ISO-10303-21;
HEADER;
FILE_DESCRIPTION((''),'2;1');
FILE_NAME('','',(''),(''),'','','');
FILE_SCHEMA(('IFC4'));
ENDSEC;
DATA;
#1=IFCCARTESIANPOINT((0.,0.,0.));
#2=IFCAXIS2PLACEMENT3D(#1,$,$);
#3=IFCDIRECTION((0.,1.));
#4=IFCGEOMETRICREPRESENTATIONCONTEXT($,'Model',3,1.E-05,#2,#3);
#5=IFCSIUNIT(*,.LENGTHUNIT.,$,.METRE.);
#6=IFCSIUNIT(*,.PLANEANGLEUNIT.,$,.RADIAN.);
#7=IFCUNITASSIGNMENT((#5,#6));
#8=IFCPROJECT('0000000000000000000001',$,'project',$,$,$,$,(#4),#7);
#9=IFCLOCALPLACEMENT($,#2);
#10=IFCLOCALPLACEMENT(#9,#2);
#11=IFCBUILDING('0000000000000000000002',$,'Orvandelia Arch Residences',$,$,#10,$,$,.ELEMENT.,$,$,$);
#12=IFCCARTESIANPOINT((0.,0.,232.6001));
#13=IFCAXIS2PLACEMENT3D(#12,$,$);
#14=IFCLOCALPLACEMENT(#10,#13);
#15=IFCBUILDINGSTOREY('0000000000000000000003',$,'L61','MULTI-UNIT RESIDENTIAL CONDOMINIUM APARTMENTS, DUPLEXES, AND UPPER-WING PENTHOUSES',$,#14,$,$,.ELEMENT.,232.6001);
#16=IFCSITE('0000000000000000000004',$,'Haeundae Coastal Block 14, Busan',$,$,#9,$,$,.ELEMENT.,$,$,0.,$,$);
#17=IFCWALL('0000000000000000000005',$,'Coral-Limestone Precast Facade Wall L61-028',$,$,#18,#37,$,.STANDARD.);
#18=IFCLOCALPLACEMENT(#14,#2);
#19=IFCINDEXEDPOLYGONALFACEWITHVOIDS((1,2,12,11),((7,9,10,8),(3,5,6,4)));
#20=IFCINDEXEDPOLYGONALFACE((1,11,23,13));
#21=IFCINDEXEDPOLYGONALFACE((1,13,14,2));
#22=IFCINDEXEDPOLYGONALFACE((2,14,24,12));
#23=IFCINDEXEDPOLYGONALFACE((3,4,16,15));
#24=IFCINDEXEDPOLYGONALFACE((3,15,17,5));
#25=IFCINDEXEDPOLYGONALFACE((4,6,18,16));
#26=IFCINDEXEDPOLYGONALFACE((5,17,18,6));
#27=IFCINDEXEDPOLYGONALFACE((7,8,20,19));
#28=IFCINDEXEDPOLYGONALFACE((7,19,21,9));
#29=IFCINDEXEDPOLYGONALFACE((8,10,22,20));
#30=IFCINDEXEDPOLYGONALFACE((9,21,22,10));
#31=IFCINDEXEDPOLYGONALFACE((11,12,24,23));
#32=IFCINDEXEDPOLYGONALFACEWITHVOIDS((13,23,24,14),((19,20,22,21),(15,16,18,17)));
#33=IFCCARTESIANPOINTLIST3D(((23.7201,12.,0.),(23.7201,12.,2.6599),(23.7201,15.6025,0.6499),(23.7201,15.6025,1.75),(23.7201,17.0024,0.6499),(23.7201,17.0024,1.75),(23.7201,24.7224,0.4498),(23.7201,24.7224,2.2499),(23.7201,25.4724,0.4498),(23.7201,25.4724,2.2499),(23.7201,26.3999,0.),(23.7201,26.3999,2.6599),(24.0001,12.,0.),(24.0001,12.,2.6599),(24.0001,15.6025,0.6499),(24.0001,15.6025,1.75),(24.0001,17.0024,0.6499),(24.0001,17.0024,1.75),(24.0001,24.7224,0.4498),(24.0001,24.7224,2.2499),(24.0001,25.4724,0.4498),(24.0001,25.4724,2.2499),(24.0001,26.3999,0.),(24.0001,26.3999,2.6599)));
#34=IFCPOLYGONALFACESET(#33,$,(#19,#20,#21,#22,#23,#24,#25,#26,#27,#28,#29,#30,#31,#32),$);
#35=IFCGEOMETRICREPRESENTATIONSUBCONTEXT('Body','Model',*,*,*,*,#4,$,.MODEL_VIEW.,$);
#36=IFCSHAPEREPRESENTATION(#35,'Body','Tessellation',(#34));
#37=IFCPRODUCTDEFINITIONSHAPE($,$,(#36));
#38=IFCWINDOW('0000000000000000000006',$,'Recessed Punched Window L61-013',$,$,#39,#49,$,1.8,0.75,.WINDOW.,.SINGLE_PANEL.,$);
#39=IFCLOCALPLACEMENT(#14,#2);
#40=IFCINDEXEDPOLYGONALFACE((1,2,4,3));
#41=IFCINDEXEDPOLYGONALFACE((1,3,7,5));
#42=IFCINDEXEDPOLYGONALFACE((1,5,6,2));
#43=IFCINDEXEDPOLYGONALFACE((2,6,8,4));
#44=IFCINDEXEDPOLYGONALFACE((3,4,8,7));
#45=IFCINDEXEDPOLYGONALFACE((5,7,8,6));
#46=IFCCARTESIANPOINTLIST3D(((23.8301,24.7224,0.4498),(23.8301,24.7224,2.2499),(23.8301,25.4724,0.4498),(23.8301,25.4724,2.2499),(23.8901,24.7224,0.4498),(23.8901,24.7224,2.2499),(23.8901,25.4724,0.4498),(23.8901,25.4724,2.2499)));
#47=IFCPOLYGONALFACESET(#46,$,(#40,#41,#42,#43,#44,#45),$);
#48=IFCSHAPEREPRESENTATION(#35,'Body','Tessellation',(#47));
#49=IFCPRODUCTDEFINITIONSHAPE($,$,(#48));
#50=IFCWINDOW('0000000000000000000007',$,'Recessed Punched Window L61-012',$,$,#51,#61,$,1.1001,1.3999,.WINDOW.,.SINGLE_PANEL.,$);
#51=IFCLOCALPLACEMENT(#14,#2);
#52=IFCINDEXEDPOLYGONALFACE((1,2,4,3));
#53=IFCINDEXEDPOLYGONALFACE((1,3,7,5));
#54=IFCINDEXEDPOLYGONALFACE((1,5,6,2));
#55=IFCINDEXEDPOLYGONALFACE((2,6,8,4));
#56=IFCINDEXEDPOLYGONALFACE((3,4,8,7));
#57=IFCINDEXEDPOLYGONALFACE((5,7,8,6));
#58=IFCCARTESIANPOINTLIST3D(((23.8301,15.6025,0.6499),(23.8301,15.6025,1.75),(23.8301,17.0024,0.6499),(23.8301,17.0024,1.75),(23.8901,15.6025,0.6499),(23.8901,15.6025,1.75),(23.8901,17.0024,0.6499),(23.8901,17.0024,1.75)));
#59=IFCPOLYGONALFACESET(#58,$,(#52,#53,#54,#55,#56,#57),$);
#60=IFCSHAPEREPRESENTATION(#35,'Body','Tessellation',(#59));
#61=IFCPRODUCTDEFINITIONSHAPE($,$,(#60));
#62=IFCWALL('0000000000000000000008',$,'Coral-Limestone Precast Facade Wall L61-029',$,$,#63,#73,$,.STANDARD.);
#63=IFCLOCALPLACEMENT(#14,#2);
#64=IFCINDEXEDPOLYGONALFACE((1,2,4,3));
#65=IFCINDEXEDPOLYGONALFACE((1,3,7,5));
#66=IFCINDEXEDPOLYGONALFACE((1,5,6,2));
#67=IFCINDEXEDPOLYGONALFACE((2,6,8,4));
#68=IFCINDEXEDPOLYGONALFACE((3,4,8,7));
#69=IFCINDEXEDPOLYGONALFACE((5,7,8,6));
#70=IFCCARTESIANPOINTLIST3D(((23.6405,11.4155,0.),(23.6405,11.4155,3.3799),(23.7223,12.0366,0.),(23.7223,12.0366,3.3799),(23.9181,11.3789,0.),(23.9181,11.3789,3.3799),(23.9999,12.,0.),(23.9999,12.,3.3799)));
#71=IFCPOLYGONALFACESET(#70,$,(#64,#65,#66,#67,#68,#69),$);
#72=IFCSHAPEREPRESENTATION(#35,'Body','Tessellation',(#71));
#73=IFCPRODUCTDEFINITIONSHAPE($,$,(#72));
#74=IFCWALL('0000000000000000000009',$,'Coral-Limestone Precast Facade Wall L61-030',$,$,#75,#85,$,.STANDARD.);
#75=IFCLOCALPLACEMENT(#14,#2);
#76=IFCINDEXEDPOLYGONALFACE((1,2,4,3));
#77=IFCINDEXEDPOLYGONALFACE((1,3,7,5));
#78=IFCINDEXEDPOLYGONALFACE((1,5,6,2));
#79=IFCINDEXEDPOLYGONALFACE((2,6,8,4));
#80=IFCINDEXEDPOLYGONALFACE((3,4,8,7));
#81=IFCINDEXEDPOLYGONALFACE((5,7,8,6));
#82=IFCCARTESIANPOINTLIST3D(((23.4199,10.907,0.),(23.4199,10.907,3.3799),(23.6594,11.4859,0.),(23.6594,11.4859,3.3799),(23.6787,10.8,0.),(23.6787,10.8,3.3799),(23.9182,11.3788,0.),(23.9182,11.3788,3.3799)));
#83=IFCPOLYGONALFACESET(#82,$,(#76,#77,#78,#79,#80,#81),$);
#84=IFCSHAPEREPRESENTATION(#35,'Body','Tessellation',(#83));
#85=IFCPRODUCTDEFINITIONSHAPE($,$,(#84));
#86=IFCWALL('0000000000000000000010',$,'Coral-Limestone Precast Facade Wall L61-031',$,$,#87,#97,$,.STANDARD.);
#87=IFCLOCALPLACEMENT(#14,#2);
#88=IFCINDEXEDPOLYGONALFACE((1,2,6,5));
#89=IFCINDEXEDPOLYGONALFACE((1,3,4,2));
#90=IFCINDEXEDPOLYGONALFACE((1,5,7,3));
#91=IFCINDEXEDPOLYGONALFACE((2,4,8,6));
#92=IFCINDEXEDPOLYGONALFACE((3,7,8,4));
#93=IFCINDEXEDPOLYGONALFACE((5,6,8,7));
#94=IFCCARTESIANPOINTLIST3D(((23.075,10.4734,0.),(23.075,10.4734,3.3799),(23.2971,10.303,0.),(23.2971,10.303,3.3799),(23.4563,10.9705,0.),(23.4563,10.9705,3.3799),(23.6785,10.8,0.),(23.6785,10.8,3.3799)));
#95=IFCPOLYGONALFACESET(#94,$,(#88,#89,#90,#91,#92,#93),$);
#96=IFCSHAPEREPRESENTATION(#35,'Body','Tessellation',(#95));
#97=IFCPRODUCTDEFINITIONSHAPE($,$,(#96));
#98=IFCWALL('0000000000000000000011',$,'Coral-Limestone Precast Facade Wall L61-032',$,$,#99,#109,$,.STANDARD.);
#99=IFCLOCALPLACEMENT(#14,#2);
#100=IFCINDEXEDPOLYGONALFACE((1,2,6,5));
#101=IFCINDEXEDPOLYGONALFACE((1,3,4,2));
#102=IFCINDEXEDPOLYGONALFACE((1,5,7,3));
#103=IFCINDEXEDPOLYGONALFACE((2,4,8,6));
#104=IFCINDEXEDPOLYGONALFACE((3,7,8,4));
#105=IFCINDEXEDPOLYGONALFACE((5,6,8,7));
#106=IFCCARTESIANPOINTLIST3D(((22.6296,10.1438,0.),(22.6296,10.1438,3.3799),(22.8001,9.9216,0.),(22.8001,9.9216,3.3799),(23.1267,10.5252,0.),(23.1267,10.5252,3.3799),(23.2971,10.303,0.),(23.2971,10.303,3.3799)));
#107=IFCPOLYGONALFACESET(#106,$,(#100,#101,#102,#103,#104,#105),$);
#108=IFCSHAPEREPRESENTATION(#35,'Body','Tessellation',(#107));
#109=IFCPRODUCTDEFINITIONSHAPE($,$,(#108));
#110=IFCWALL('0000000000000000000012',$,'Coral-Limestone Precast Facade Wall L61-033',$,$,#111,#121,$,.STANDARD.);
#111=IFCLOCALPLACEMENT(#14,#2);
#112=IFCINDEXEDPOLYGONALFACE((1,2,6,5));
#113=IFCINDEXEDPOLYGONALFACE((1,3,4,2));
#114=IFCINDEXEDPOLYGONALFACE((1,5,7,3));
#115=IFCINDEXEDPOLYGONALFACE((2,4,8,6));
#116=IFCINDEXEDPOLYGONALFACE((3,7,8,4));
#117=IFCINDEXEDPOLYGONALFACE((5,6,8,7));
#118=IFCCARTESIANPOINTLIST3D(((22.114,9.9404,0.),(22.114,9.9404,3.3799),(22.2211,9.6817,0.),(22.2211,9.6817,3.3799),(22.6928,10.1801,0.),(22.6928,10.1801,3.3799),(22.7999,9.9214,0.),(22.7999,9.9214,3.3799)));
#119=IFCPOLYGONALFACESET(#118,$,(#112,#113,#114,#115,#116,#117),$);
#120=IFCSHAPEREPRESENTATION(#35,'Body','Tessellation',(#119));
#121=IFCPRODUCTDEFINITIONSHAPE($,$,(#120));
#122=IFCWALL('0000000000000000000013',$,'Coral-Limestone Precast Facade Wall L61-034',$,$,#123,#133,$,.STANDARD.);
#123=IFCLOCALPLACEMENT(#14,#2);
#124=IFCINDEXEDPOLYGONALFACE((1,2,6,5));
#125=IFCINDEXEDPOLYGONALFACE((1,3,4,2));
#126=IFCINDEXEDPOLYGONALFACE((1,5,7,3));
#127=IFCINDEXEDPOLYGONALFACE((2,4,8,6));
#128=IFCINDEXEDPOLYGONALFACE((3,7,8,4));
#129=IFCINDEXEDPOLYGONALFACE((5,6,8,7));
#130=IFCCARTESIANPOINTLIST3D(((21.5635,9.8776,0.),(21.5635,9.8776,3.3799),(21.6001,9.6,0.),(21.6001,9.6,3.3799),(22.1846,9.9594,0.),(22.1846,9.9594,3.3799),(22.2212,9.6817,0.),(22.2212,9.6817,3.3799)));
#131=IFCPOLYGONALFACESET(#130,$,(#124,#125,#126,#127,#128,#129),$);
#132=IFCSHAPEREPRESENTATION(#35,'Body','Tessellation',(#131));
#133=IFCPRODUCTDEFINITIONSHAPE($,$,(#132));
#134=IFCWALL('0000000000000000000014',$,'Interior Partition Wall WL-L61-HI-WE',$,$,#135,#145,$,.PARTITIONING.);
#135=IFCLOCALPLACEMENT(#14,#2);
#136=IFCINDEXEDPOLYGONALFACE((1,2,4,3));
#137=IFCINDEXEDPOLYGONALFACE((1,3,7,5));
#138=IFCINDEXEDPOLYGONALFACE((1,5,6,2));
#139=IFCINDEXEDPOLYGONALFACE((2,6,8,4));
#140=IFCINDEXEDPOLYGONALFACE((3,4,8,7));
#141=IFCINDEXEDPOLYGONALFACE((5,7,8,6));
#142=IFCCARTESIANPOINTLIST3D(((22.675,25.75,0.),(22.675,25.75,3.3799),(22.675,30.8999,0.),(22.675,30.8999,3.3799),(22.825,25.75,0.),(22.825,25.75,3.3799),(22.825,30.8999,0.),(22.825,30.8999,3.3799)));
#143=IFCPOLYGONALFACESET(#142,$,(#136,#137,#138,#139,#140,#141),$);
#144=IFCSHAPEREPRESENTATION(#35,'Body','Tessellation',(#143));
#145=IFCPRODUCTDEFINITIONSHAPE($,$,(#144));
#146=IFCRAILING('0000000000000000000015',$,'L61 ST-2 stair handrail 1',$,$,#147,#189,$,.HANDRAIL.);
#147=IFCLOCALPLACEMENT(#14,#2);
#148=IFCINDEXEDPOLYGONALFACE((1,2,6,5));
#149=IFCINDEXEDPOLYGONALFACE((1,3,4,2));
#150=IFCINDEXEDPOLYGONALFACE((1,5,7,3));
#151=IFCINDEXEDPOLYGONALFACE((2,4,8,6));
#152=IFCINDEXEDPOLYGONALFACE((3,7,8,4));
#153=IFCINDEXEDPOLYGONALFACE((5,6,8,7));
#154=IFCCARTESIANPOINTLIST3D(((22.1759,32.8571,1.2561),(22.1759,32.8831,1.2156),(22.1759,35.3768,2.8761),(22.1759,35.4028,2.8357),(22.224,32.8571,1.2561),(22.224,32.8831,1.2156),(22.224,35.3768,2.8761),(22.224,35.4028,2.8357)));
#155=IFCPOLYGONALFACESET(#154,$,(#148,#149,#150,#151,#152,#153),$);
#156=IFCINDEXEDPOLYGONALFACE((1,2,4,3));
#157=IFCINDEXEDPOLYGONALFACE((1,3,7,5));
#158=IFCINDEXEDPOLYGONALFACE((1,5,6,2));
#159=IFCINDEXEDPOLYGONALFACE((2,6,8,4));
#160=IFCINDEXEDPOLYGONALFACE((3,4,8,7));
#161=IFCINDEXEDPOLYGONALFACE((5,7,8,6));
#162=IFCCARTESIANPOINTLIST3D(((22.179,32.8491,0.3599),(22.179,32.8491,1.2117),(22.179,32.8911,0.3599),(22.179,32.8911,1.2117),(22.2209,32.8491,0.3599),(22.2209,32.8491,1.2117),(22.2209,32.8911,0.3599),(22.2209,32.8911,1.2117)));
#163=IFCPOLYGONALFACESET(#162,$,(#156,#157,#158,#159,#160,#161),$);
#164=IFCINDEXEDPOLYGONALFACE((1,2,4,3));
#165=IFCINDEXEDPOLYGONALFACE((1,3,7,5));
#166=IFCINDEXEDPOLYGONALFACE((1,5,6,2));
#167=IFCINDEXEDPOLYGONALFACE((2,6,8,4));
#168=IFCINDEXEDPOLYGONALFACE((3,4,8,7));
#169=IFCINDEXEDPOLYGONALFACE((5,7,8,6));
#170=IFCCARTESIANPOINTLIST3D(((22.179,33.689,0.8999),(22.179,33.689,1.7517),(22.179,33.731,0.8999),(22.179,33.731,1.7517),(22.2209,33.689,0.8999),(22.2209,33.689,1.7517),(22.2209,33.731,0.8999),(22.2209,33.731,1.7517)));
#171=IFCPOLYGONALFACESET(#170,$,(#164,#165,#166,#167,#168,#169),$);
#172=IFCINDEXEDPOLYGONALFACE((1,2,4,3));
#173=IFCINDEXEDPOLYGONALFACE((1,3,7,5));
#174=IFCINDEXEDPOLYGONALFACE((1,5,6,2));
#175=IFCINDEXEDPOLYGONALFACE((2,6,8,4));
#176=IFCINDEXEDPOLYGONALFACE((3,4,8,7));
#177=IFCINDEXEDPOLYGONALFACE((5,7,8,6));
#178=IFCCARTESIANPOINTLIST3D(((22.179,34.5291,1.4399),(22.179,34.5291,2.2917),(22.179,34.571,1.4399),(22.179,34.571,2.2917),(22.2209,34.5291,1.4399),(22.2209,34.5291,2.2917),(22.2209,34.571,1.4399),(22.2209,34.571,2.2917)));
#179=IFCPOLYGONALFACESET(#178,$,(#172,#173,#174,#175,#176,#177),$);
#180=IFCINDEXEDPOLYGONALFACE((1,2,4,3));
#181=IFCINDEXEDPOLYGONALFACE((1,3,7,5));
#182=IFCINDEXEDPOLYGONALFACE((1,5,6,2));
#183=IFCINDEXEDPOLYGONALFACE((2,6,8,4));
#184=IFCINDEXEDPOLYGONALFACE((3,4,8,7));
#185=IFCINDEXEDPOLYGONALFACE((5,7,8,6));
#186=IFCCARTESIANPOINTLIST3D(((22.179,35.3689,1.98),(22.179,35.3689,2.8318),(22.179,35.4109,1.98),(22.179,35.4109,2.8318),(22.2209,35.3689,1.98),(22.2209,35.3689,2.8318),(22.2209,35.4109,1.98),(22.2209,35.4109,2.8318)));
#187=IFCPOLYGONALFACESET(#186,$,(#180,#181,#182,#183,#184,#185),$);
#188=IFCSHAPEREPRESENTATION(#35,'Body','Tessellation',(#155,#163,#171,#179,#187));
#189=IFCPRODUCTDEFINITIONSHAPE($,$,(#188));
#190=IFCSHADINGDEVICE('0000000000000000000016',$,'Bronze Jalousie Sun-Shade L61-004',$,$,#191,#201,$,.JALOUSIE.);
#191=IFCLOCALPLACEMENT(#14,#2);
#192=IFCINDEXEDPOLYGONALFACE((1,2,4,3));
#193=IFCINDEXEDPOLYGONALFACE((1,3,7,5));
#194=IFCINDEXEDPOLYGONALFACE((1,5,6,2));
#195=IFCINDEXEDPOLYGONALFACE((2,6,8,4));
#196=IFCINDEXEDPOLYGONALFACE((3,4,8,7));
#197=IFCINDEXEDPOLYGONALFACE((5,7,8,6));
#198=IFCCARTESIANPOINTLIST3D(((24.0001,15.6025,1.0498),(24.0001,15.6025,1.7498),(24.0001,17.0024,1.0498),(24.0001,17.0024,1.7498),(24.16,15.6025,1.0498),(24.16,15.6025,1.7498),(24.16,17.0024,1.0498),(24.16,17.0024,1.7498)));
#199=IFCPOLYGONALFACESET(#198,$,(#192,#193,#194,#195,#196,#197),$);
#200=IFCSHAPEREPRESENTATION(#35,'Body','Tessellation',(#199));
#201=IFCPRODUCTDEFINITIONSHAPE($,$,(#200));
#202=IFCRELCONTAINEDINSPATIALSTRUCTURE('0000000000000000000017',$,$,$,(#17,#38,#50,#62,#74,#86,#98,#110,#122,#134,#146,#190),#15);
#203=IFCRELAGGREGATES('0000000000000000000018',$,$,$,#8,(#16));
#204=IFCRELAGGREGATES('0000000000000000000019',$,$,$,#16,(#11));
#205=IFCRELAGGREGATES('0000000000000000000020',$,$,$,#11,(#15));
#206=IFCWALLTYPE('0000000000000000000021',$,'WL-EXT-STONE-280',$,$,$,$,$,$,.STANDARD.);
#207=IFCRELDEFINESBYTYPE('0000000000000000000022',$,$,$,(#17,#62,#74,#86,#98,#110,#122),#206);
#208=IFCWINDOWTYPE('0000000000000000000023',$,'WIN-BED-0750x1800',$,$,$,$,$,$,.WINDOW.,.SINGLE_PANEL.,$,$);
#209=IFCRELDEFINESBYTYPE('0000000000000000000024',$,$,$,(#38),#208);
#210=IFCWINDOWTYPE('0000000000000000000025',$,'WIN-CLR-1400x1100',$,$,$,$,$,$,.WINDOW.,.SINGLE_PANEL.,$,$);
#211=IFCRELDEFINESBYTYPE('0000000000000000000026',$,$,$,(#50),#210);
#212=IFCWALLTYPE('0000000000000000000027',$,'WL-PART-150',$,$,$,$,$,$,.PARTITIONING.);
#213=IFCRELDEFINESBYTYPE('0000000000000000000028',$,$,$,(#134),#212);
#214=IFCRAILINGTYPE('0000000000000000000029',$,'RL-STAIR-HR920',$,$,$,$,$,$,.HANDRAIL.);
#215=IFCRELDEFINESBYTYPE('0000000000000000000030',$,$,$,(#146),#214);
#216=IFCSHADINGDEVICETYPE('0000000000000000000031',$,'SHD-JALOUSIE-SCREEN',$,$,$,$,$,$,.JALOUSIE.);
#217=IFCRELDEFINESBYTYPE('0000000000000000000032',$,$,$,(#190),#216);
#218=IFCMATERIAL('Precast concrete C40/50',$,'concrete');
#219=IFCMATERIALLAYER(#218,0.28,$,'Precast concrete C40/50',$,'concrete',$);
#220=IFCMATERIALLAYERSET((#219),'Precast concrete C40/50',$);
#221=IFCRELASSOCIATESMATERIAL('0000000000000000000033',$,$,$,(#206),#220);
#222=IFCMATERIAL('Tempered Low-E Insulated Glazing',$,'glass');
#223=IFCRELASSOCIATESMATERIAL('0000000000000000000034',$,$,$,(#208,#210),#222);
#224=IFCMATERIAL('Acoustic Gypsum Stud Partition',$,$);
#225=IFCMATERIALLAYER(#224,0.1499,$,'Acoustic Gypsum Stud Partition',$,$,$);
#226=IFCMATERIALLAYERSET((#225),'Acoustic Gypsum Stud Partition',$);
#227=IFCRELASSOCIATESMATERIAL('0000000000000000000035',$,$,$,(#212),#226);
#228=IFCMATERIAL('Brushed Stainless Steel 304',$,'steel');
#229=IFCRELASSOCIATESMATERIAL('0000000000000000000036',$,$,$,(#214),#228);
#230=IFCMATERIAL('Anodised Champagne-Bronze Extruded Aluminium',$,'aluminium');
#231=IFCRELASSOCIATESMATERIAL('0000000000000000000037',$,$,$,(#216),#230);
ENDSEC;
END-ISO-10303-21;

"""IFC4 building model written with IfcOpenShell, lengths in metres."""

from ifc_helpers import new_model, si_unit, direction, frame, frame_2d, origin, origin_2d, place, context, subcontext, project, spatial, rectangle, extrude, material, layer, layer_set, type_object, element, fill, save


model = new_model("IFC4")

# Units and contexts
model_context = context("Model", 3, precision=1e-05, world=origin(), true_north=direction((0.0, 1.0)))
body_context = subcontext(model_context, "Body", "Model", "MODEL_VIEW")
ifc_project = project(units=[si_unit("LENGTHUNIT", "METRE"), si_unit("PLANEANGLEUNIT", "RADIAN")], contexts=[model_context])

# Site, building, storey
site_placement = place(None, origin())
site = spatial("IfcSite", under=ifc_project, at=site_placement, Name="Haeundae Coastal Block 14, Busan", CompositionType="ELEMENT", RefElevation=0.0)
building_placement = place(site_placement, origin())
building = spatial("IfcBuilding", under=site, at=building_placement, Name="Orvandelia Arch Residences", CompositionType="ELEMENT")
storey_placement = place(building_placement, frame((0.0, 0.0, 232.6001)))
storey = spatial("IfcBuildingStorey", under=building, at=storey_placement, Name="L61", Description="MULTI-UNIT RESIDENTIAL CONDOMINIUM APARTMENTS, DUPLEXES, AND UPPER-WING PENTHOUSES", CompositionType="ELEMENT", Elevation=232.6001)

# Shared definitions
ifc_material_1 = material(Name="Precast concrete C40/50", Category="concrete")
ifc_layer_1 = layer(ifc_material_1, 0.28, Name="Precast concrete C40/50", Category="concrete")
ifc_layer_set_1 = layer_set([ifc_layer_1], Name="Precast concrete C40/50")
wall_type_1 = type_object("IfcWallType", Name="WL-EXT-STONE-280", PredefinedType="STANDARD", material=ifc_layer_set_1)

# Wall, openings, windows
wall_1_placement = place(storey_placement, frame((23.8601, 26.3999, 0.0), z_axis=(0.0, 0.0, 1.0), x_axis=(0.0, -1.0, 0.0)))
wall_1 = element("IfcWall", 1, at=wall_1_placement, inside=storey, type_object=wall_type_1, Name="Coral-Limestone Precast Facade Wall L61-028", PredefinedType="STANDARD", context=body_context, shape_type="SweptSolid", body=[
    extrude(rectangle(XDim=14.3999, YDim=0.28, at=frame_2d((7.2, 0.0))), origin(), (0.0, 0.0, 1.0), 2.6599),
])
opening_1_placement = place(wall_1_placement, frame((9.3975, 0.0, 0.6499)))
opening_1 = element("IfcOpeningElement", 2, at=opening_1_placement, cuts=wall_1, PredefinedType="OPENING", context=body_context, shape_type="SweptSolid", body=[
    extrude(rectangle(XDim=1.3999, YDim=1.1001, at=frame_2d((0.7, 0.55))), frame((0.0, 0.1499, 0.0), z_axis=(0.0, -1.0, 0.0), x_axis=(1.0, 0.0, 0.0)), (0.0, 0.0, 1.0), 0.3),
])
opening_2_placement = place(wall_1_placement, frame((0.9275, 0.0, 0.45)))
opening_2 = element("IfcOpeningElement", 3, at=opening_2_placement, cuts=wall_1, PredefinedType="OPENING", context=body_context, shape_type="SweptSolid", body=[
    extrude(rectangle(XDim=0.75, YDim=1.8, at=frame_2d((0.375, 0.8999))), frame((0.0, 0.1499, 0.0), z_axis=(0.0, -1.0, 0.0), x_axis=(1.0, 0.0, 0.0)), (0.0, 0.0, 1.0), 0.3),
])
ifc_material_2 = material(Name="Tempered Low-E Insulated Glazing", Category="glass")
window_type_1 = type_object("IfcWindowType", Name="WIN-BED-0750x1800", PartitioningType="SINGLE_PANEL", PredefinedType="WINDOW", material=ifc_material_2)
window_1_placement = place(opening_2_placement, origin())
window_1 = element("IfcWindow", 4, at=window_1_placement, inside=storey, type_object=window_type_1, Name="Recessed Punched Window L61-013", OverallHeight=1.8, OverallWidth=0.75, PartitioningType="SINGLE_PANEL", PredefinedType="WINDOW", context=body_context, shape_type="SweptSolid", body=[
    extrude(rectangle(XDim=0.75, YDim=1.8, at=frame_2d((0.375, 0.8999))), frame((0.0, 0.03, 0.0), z_axis=(0.0, -1.0, 0.0), x_axis=(1.0, 0.0, 0.0)), (0.0, 0.0, 1.0), 0.0601),
])
fill(opening_2, window_1)
window_type_2 = type_object("IfcWindowType", Name="WIN-CLR-1400x1100", PartitioningType="SINGLE_PANEL", PredefinedType="WINDOW", material=ifc_material_2)
window_2_placement = place(opening_1_placement, origin())
window_2 = element("IfcWindow", 5, at=window_2_placement, inside=storey, type_object=window_type_2, Name="Recessed Punched Window L61-012", OverallHeight=1.1001, OverallWidth=1.3999, PartitioningType="SINGLE_PANEL", PredefinedType="WINDOW", context=body_context, shape_type="SweptSolid", body=[
    extrude(rectangle(XDim=1.3999, YDim=1.1001, at=frame_2d((0.7, 0.55))), frame((0.0, 0.03, 0.0), z_axis=(0.0, -1.0, 0.0), x_axis=(1.0, 0.0, 0.0)), (0.0, 0.0, 1.0), 0.0601),
])
fill(opening_1, window_2)

# Walls
for number, where, z_axis, x_axis, name in (
    (6, (23.8611, 12.0183, 0.0), (0.0, 0.0, 1.0), (-0.130555, -0.991441, 0.0), "Coral-Limestone Precast Facade Wall L61-029"),
    (7, (23.7888, 11.4324, 0.0), (0.0, 0.0, 1.0), (-0.382317, -0.924031, 0.0), "Coral-Limestone Precast Facade Wall L61-030"),
    (8, (23.5674, 10.8853, 0.0), (0.0, 0.0, 1.0), (-0.608693, -0.793406, 0.0), "Coral-Limestone Precast Facade Wall L61-031"),
    (9, (23.2119, 10.4141, 0.0), (0.0, 0.0, 1.0), (-0.793406, -0.608693, 0.0), "Coral-Limestone Precast Facade Wall L61-032"),
    (10, (22.7463, 10.0508, 0.0), (0.0, 0.0, 1.0), (-0.923893, -0.38265, 0.0), "Coral-Limestone Precast Facade Wall L61-033"),
    (11, (22.2029, 9.8206, 0.0), (0.0, 0.0, 1.0), (-0.991441, -0.130555, 0.0), "Coral-Limestone Precast Facade Wall L61-034"),
):
    element("IfcWall", number, at=place(storey_placement, frame(where, z_axis=z_axis, x_axis=x_axis)), inside=storey, type_object=wall_type_1, Name=name, PredefinedType="STANDARD", context=body_context, shape_type="SweptSolid", body=[
        extrude(rectangle(XDim=0.6265, YDim=0.28, at=frame_2d((0.3132, 0.0))), origin(), (0.0, 0.0, 1.0), 3.3799),
    ])
ifc_material_3 = material(Name="Acoustic Gypsum Stud Partition")
ifc_layer_2 = layer(ifc_material_3, 0.1499, Name="Acoustic Gypsum Stud Partition")
ifc_layer_set_2 = layer_set([ifc_layer_2], Name="Acoustic Gypsum Stud Partition")
wall_type_2 = type_object("IfcWallType", Name="WL-PART-150", PredefinedType="PARTITIONING", material=ifc_layer_set_2)
wall_2_placement = place(storey_placement, frame((22.75, 25.75, 0.0), z_axis=(0.0, 0.0, 1.0), x_axis=(0.0, 1.0, 0.0)))
element("IfcWall", 12, at=wall_2_placement, inside=storey, type_object=wall_type_2, Name="Interior Partition Wall WL-L61-HI-WE", PredefinedType="PARTITIONING", context=body_context, shape_type="SweptSolid", body=[
    extrude(rectangle(XDim=5.1499, YDim=0.1499, at=frame_2d((2.575, 0.0))), origin(), (0.0, 0.0, 1.0), 3.3799),
])

# Railing
ifc_material_4 = material(Name="Brushed Stainless Steel 304", Category="steel")
railing_type = type_object("IfcRailingType", Name="RL-STAIR-HR920", PredefinedType="HANDRAIL", material=ifc_material_4)
railing_placement = place(storey_placement, frame((22.2, 32.8701, 0.3599)))
element("IfcRailing", 13, at=railing_placement, inside=storey, type_object=railing_type, Name="L61 ST-2 stair handrail 1", PredefinedType="HANDRAIL", context=body_context, shape_type="SweptSolid", body=[
    extrude(rectangle(XDim=0.0481, YDim=0.0481, at=origin_2d()), frame((0.0, 0.0, 0.876), z_axis=(0.0, 0.841139, 0.540819), x_axis=(-1.0, 0.0, 0.0)), (0.0, 0.0, 1.0), 2.9956),
    extrude(rectangle(XDim=0.042, YDim=0.042, at=origin_2d()), origin(), (0.0, 0.0, 1.0), 0.8518),
    extrude(rectangle(XDim=0.042, YDim=0.042, at=origin_2d()), frame((0.0, 0.8398, 0.54)), (0.0, 0.0, 1.0), 0.8518),
    extrude(rectangle(XDim=0.042, YDim=0.042, at=origin_2d()), frame((0.0, 1.6799, 1.0801)), (0.0, 0.0, 1.0), 0.8518),
    extrude(rectangle(XDim=0.042, YDim=0.042, at=origin_2d()), frame((0.0, 2.5198, 1.6201)), (0.0, 0.0, 1.0), 0.8518),
])

# Shading device
ifc_material_5 = material(Name="Anodised Champagne-Bronze Extruded Aluminium", Category="aluminium")
shading_device_type = type_object("IfcShadingDeviceType", Name="SHD-JALOUSIE-SCREEN", PredefinedType="JALOUSIE", material=ifc_material_5)
shading_device_placement = place(storey_placement, frame((24.0801, 16.3025, 1.0498), z_axis=(0.0, 0.0, 1.0), x_axis=(0.0, -1.0, 0.0)))
element("IfcShadingDevice", 14, at=shading_device_placement, inside=storey, type_object=shading_device_type, Name="Bronze Jalousie Sun-Shade L61-004", PredefinedType="JALOUSIE", context=body_context, shape_type="SweptSolid", body=[
    extrude(rectangle(XDim=1.3999, YDim=0.1599, at=origin_2d()), origin(), (0.0, 0.0, 1.0), 0.7),
])

save(model, "model.ifc")
